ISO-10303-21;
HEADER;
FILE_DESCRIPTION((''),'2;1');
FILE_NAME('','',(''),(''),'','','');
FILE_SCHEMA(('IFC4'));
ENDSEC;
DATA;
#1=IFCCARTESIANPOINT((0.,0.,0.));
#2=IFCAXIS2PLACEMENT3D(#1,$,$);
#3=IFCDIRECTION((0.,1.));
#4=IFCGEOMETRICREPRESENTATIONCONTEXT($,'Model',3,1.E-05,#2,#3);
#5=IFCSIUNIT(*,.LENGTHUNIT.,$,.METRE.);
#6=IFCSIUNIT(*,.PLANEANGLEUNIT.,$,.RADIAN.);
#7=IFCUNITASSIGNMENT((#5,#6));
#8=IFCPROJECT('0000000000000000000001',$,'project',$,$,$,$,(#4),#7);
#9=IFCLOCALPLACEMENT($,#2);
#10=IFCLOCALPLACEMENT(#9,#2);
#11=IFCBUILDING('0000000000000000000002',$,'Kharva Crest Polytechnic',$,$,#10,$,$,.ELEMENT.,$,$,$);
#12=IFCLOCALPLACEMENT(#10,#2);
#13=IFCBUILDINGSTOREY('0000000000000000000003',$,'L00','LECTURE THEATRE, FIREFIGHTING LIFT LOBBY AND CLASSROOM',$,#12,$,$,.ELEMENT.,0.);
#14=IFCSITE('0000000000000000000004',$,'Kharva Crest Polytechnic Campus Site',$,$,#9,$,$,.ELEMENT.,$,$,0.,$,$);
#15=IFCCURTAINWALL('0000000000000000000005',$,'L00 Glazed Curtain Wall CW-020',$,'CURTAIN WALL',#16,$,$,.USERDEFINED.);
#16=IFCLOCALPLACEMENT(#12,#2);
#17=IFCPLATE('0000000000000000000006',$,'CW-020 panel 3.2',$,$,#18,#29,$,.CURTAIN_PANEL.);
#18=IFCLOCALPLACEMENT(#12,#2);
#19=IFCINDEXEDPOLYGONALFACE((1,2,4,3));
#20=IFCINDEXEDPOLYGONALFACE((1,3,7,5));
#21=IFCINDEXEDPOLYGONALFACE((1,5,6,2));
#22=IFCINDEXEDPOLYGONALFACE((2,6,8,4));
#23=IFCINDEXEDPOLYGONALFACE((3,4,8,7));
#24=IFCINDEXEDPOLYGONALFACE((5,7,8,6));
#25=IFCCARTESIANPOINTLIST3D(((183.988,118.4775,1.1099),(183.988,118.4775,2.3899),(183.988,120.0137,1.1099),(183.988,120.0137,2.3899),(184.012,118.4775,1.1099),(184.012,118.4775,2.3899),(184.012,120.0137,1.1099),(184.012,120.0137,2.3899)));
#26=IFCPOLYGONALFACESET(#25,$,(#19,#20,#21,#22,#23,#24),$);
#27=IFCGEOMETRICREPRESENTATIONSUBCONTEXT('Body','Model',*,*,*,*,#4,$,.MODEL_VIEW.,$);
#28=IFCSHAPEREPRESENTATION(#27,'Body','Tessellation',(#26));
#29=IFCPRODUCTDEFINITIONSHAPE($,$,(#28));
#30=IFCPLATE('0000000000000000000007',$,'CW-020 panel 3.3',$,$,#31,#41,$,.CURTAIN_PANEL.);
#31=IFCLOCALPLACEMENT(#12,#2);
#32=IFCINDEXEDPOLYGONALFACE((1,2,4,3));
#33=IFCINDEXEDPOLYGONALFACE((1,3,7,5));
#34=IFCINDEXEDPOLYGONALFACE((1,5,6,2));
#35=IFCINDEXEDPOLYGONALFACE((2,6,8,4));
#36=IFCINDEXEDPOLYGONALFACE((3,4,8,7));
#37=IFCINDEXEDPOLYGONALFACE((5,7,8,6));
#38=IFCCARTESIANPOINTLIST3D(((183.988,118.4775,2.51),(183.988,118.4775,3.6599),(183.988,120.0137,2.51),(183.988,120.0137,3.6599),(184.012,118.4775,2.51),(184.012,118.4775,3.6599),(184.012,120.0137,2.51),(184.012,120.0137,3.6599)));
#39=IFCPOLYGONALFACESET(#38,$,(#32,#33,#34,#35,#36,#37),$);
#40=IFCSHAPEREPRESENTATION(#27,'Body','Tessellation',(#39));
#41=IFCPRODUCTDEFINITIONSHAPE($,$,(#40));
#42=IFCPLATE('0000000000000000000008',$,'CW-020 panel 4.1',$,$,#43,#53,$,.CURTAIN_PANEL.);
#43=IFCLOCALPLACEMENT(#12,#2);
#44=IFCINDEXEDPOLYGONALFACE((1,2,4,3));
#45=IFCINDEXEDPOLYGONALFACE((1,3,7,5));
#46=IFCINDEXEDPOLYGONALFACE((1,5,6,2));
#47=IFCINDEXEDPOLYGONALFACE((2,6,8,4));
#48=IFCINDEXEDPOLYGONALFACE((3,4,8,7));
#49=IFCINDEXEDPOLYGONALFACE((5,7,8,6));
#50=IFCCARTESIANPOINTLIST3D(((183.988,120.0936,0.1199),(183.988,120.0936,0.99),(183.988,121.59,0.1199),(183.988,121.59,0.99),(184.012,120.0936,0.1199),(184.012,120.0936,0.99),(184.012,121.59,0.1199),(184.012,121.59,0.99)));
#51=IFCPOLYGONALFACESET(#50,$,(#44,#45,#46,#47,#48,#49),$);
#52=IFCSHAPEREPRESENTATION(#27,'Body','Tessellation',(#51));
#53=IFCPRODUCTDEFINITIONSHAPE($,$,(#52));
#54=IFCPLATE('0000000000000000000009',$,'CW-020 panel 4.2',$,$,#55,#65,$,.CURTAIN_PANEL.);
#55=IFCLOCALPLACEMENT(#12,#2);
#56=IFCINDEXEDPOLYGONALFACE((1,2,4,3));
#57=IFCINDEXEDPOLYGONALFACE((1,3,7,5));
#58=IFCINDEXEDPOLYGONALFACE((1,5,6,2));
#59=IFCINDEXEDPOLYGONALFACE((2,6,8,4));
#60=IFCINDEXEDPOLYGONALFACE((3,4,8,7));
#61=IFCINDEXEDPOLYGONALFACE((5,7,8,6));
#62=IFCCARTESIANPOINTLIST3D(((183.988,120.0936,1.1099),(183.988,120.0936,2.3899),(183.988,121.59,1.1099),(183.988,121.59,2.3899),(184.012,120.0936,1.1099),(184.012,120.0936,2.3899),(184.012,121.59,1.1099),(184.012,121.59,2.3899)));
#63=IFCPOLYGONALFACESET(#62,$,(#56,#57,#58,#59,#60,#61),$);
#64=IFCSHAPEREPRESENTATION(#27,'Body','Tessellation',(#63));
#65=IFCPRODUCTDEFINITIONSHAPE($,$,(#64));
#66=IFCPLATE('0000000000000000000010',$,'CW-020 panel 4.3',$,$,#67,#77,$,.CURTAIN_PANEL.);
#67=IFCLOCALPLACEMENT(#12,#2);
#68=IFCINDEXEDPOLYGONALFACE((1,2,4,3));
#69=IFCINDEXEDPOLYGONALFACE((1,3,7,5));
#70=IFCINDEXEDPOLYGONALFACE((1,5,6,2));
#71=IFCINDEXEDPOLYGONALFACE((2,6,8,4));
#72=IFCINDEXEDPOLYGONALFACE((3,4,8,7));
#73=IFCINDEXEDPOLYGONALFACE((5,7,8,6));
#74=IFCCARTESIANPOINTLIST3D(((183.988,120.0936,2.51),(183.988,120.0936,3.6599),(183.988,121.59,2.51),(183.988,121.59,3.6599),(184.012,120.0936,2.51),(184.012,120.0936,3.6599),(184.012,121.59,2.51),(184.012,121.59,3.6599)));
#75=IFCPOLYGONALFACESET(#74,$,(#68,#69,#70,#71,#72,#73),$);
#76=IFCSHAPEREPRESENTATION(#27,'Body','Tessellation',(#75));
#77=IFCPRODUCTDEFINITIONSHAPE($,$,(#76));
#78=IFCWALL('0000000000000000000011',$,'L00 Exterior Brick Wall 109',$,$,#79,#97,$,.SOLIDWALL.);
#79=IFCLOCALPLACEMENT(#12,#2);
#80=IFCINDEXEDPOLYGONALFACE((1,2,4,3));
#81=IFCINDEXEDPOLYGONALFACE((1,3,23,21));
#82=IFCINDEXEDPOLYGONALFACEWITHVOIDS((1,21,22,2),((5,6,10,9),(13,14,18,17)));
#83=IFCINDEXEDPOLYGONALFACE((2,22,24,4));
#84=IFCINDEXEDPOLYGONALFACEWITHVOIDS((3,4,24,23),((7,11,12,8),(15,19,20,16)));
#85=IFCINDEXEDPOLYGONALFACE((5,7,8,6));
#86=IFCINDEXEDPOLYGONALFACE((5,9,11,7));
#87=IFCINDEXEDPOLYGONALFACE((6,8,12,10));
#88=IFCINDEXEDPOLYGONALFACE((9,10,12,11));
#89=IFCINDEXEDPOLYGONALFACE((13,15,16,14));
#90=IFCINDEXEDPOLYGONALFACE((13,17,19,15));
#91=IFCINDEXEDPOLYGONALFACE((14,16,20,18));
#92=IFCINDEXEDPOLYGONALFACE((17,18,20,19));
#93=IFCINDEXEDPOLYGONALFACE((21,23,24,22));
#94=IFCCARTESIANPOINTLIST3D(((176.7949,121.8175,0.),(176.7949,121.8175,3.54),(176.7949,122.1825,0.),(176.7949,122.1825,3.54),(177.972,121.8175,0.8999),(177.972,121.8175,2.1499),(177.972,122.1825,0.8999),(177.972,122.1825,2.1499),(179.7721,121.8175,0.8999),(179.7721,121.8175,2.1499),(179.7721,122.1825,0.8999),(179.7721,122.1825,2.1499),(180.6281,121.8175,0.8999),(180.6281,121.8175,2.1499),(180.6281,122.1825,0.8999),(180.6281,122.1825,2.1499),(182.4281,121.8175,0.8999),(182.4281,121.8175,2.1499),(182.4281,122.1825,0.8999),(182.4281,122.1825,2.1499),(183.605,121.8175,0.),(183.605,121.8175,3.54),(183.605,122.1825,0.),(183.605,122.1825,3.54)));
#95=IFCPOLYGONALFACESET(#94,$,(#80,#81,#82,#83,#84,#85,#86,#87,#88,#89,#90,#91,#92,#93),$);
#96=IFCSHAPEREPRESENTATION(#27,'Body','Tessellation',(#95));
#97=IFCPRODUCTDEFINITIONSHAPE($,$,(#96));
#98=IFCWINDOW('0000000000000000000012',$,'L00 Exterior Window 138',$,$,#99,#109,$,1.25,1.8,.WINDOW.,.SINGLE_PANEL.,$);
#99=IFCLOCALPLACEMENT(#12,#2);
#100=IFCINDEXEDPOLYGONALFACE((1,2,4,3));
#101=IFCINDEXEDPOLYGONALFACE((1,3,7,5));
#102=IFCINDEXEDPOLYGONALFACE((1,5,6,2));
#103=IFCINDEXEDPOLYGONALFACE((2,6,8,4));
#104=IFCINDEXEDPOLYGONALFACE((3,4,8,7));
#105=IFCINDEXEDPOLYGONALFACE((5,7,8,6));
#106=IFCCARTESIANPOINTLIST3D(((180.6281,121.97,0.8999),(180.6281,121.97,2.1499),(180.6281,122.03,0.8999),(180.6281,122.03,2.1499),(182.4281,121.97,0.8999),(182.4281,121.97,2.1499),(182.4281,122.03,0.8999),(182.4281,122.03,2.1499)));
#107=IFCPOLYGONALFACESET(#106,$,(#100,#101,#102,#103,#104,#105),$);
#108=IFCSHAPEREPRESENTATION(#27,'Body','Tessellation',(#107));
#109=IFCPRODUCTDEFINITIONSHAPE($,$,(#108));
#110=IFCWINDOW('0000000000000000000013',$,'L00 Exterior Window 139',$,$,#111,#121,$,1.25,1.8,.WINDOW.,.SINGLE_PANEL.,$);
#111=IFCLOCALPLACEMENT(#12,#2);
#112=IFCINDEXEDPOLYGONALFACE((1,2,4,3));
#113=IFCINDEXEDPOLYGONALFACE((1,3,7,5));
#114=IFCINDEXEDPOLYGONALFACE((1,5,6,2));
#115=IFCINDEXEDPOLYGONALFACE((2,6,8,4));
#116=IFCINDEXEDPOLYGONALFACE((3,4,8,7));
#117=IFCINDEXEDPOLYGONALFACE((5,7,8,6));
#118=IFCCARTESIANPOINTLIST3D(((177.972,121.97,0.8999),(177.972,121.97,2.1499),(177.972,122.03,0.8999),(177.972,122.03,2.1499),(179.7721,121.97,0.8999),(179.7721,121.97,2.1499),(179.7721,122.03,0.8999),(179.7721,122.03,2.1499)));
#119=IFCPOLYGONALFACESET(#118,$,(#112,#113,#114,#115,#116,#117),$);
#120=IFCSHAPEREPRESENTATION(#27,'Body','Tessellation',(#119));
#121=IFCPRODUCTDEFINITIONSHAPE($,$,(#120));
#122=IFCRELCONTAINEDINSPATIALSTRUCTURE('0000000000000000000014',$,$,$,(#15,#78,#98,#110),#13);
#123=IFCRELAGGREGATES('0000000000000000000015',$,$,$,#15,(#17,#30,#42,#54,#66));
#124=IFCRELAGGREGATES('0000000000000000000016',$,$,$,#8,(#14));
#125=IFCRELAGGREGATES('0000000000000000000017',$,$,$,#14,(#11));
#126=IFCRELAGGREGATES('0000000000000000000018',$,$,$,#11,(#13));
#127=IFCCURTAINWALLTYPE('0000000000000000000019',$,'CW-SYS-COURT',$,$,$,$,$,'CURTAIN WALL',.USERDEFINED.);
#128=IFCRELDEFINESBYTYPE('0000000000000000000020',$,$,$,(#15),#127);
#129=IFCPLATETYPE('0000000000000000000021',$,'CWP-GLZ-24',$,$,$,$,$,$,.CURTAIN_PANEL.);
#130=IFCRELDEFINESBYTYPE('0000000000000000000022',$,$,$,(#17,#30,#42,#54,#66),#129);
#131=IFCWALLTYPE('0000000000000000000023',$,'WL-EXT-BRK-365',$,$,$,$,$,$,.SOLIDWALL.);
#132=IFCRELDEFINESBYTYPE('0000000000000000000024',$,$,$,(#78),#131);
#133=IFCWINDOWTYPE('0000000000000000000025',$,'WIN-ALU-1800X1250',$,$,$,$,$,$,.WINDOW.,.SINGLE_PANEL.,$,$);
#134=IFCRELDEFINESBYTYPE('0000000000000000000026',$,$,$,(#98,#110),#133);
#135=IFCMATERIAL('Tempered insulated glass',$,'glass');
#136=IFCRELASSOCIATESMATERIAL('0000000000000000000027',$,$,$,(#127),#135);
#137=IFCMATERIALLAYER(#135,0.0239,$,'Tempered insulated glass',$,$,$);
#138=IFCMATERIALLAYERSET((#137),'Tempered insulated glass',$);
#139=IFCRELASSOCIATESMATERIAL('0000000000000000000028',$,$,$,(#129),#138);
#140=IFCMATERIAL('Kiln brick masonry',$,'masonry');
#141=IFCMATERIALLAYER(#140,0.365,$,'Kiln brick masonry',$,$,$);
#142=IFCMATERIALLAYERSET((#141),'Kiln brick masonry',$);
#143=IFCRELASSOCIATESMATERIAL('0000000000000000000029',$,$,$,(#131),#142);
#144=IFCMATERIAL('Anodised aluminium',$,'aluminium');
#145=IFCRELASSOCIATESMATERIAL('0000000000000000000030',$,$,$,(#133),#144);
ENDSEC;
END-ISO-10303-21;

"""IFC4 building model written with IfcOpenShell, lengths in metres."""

from ifc_helpers import new_model, si_unit, direction, frame, frame_2d, origin, origin_2d, place, context, subcontext, project, spatial, rectangle, extrude, material, layer, layer_set, type_object, element, fill, aggregate, save


model = new_model("IFC4")

# Units and contexts
model_context = context("Model", 3, precision=1e-05, world=origin(), true_north=direction((0.0, 1.0)))
body_context = subcontext(model_context, "Body", "Model", "MODEL_VIEW")
ifc_project = project(units=[si_unit("LENGTHUNIT", "METRE"), si_unit("PLANEANGLEUNIT", "RADIAN")], contexts=[model_context])

# Site, building, storey
site_placement = place(None, origin())
site = spatial("IfcSite", under=ifc_project, at=site_placement, Name="Kharva Crest Polytechnic Campus Site", CompositionType="ELEMENT", RefElevation=0.0)
building_placement = place(site_placement, origin())
building = spatial("IfcBuilding", under=site, at=building_placement, Name="Kharva Crest Polytechnic", CompositionType="ELEMENT")
storey_placement = place(building_placement, origin())
storey = spatial("IfcBuildingStorey", under=building, at=storey_placement, Name="L00", Description="LECTURE THEATRE, FIREFIGHTING LIFT LOBBY AND CLASSROOM", CompositionType="ELEMENT", Elevation=0.0)

# Curtain wall, plates
ifc_material_1 = material(Name="Tempered insulated glass", Category="glass")
curtain_wall_type = type_object("IfcCurtainWallType", Name="CW-SYS-COURT", ElementType="CURTAIN WALL", PredefinedType="USERDEFINED", material=ifc_material_1)
curtain_wall_placement = place(storey_placement, origin())
curtain_wall = element("IfcCurtainWall", 1, at=curtain_wall_placement, inside=storey, type_object=curtain_wall_type, Name="L00 Glazed Curtain Wall CW-020", ObjectType="CURTAIN WALL", PredefinedType="USERDEFINED")
ifc_layer_1 = layer(ifc_material_1, 0.0239, Name="Tempered insulated glass")
ifc_layer_set_1 = layer_set([ifc_layer_1], Name="Tempered insulated glass")
plate_type = type_object("IfcPlateType", Name="CWP-GLZ-24", PredefinedType="CURTAIN_PANEL", material=ifc_layer_set_1)
plate_1_placement = place(storey_placement, frame((184.0, 119.2456, 1.1099), z_axis=(0.0, 0.0, 1.0), x_axis=(0.0, 1.0, 0.0)))
plate_1 = element("IfcPlate", 2, at=plate_1_placement, type_object=plate_type, Name="CW-020 panel 3.2", PredefinedType="CURTAIN_PANEL", context=body_context, shape_type="SweptSolid", body=[
    extrude(rectangle(XDim=1.5361, YDim=0.0239, at=origin_2d()), origin(), (0.0, 0.0, 1.0), 1.28),
])
plate_2_placement = place(storey_placement, frame((184.0, 119.2456, 2.51), z_axis=(0.0, 0.0, 1.0), x_axis=(0.0, 1.0, 0.0)))
plate_2 = element("IfcPlate", 3, at=plate_2_placement, type_object=plate_type, Name="CW-020 panel 3.3", PredefinedType="CURTAIN_PANEL", context=body_context, shape_type="SweptSolid", body=[
    extrude(rectangle(XDim=1.5361, YDim=0.0239, at=origin_2d()), origin(), (0.0, 0.0, 1.0), 1.1499),
])
plate_3_placement = place(storey_placement, frame((184.0, 120.8418, 0.1199), z_axis=(0.0, 0.0, 1.0), x_axis=(0.0, 1.0, 0.0)))
plate_3 = element("IfcPlate", 4, at=plate_3_placement, type_object=plate_type, Name="CW-020 panel 4.1", PredefinedType="CURTAIN_PANEL", context=body_context, shape_type="SweptSolid", body=[
    extrude(rectangle(XDim=1.4963, YDim=0.0239, at=origin_2d()), origin(), (0.0, 0.0, 1.0), 0.8701),
])
plate_4_placement = place(storey_placement, frame((184.0, 120.8418, 1.1099), z_axis=(0.0, 0.0, 1.0), x_axis=(0.0, 1.0, 0.0)))
plate_4 = element("IfcPlate", 5, at=plate_4_placement, type_object=plate_type, Name="CW-020 panel 4.2", PredefinedType="CURTAIN_PANEL", context=body_context, shape_type="SweptSolid", body=[
    extrude(rectangle(XDim=1.4963, YDim=0.0239, at=origin_2d()), origin(), (0.0, 0.0, 1.0), 1.28),
])
plate_5_placement = place(storey_placement, frame((184.0, 120.8418, 2.51), z_axis=(0.0, 0.0, 1.0), x_axis=(0.0, 1.0, 0.0)))
plate_5 = element("IfcPlate", 6, at=plate_5_placement, type_object=plate_type, Name="CW-020 panel 4.3", PredefinedType="CURTAIN_PANEL", context=body_context, shape_type="SweptSolid", body=[
    extrude(rectangle(XDim=1.4963, YDim=0.0239, at=origin_2d()), origin(), (0.0, 0.0, 1.0), 1.1499),
])
aggregate(curtain_wall, [plate_1, plate_2, plate_3, plate_4, plate_5])

# Wall, openings, windows
ifc_material_2 = material(Name="Kiln brick masonry", Category="masonry")
ifc_layer_2 = layer(ifc_material_2, 0.365, Name="Kiln brick masonry")
ifc_layer_set_2 = layer_set([ifc_layer_2], Name="Kiln brick masonry")
wall_type = type_object("IfcWallType", Name="WL-EXT-BRK-365", PredefinedType="SOLIDWALL", material=ifc_layer_set_2)
wall_placement = place(storey_placement, frame((183.605, 122.0, 0.0), z_axis=(0.0, 0.0, 1.0), x_axis=(-1.0, 0.0, 0.0)))
wall = element("IfcWall", 7, at=wall_placement, inside=storey, type_object=wall_type, Name="L00 Exterior Brick Wall 109", PredefinedType="SOLIDWALL", context=body_context, shape_type="SweptSolid", body=[
    extrude(rectangle(XDim=6.8101, YDim=0.365, at=frame_2d((3.405, 0.0))), origin(), (0.0, 0.0, 1.0), 3.54),
])
opening_1_placement = place(wall_placement, frame((1.177, 0.0, 0.8999)))
opening_1 = element("IfcOpeningElement", 8, at=opening_1_placement, cuts=wall, PredefinedType="OPENING", context=body_context, shape_type="SweptSolid", body=[
    extrude(rectangle(XDim=1.8, YDim=1.25, at=frame_2d((0.8999, 0.625))), frame((0.0, 0.1924, 0.0), z_axis=(0.0, -1.0, 0.0), x_axis=(1.0, 0.0, 0.0)), (0.0, 0.0, 1.0), 0.385),
])
opening_2_placement = place(wall_placement, frame((3.833, 0.0, 0.8999)))
opening_2 = element("IfcOpeningElement", 9, at=opening_2_placement, cuts=wall, PredefinedType="OPENING", context=body_context, shape_type="SweptSolid", body=[
    extrude(rectangle(XDim=1.8, YDim=1.25, at=frame_2d((0.8999, 0.625))), frame((0.0, 0.1924, 0.0), z_axis=(0.0, -1.0, 0.0), x_axis=(1.0, 0.0, 0.0)), (0.0, 0.0, 1.0), 0.385),
])
ifc_material_3 = material(Name="Anodised aluminium", Category="aluminium")
window_type = type_object("IfcWindowType", Name="WIN-ALU-1800X1250", PartitioningType="SINGLE_PANEL", PredefinedType="WINDOW", material=ifc_material_3)
window_1_placement = place(opening_1_placement, origin())
window_1 = element("IfcWindow", 10, at=window_1_placement, inside=storey, type_object=window_type, Name="L00 Exterior Window 138", OverallHeight=1.25, OverallWidth=1.8, PartitioningType="SINGLE_PANEL", PredefinedType="WINDOW", context=body_context, shape_type="SweptSolid", body=[
    extrude(rectangle(XDim=1.8, YDim=1.25, at=frame_2d((0.8999, 0.625))), frame((0.0, 0.03, 0.0), z_axis=(0.0, -1.0, 0.0), x_axis=(1.0, 0.0, 0.0)), (0.0, 0.0, 1.0), 0.0601),
])
fill(opening_1, window_1)
window_2_placement = place(opening_2_placement, origin())
window_2 = element("IfcWindow", 11, at=window_2_placement, inside=storey, type_object=window_type, Name="L00 Exterior Window 139", OverallHeight=1.25, OverallWidth=1.8, PartitioningType="SINGLE_PANEL", PredefinedType="WINDOW", context=body_context, shape_type="SweptSolid", body=[
    extrude(rectangle(XDim=1.8, YDim=1.25, at=frame_2d((0.8999, 0.625))), frame((0.0, 0.03, 0.0), z_axis=(0.0, -1.0, 0.0), x_axis=(1.0, 0.0, 0.0)), (0.0, 0.0, 1.0), 0.0601),
])
fill(opening_2, window_2)

save(model, "model.ifc")
